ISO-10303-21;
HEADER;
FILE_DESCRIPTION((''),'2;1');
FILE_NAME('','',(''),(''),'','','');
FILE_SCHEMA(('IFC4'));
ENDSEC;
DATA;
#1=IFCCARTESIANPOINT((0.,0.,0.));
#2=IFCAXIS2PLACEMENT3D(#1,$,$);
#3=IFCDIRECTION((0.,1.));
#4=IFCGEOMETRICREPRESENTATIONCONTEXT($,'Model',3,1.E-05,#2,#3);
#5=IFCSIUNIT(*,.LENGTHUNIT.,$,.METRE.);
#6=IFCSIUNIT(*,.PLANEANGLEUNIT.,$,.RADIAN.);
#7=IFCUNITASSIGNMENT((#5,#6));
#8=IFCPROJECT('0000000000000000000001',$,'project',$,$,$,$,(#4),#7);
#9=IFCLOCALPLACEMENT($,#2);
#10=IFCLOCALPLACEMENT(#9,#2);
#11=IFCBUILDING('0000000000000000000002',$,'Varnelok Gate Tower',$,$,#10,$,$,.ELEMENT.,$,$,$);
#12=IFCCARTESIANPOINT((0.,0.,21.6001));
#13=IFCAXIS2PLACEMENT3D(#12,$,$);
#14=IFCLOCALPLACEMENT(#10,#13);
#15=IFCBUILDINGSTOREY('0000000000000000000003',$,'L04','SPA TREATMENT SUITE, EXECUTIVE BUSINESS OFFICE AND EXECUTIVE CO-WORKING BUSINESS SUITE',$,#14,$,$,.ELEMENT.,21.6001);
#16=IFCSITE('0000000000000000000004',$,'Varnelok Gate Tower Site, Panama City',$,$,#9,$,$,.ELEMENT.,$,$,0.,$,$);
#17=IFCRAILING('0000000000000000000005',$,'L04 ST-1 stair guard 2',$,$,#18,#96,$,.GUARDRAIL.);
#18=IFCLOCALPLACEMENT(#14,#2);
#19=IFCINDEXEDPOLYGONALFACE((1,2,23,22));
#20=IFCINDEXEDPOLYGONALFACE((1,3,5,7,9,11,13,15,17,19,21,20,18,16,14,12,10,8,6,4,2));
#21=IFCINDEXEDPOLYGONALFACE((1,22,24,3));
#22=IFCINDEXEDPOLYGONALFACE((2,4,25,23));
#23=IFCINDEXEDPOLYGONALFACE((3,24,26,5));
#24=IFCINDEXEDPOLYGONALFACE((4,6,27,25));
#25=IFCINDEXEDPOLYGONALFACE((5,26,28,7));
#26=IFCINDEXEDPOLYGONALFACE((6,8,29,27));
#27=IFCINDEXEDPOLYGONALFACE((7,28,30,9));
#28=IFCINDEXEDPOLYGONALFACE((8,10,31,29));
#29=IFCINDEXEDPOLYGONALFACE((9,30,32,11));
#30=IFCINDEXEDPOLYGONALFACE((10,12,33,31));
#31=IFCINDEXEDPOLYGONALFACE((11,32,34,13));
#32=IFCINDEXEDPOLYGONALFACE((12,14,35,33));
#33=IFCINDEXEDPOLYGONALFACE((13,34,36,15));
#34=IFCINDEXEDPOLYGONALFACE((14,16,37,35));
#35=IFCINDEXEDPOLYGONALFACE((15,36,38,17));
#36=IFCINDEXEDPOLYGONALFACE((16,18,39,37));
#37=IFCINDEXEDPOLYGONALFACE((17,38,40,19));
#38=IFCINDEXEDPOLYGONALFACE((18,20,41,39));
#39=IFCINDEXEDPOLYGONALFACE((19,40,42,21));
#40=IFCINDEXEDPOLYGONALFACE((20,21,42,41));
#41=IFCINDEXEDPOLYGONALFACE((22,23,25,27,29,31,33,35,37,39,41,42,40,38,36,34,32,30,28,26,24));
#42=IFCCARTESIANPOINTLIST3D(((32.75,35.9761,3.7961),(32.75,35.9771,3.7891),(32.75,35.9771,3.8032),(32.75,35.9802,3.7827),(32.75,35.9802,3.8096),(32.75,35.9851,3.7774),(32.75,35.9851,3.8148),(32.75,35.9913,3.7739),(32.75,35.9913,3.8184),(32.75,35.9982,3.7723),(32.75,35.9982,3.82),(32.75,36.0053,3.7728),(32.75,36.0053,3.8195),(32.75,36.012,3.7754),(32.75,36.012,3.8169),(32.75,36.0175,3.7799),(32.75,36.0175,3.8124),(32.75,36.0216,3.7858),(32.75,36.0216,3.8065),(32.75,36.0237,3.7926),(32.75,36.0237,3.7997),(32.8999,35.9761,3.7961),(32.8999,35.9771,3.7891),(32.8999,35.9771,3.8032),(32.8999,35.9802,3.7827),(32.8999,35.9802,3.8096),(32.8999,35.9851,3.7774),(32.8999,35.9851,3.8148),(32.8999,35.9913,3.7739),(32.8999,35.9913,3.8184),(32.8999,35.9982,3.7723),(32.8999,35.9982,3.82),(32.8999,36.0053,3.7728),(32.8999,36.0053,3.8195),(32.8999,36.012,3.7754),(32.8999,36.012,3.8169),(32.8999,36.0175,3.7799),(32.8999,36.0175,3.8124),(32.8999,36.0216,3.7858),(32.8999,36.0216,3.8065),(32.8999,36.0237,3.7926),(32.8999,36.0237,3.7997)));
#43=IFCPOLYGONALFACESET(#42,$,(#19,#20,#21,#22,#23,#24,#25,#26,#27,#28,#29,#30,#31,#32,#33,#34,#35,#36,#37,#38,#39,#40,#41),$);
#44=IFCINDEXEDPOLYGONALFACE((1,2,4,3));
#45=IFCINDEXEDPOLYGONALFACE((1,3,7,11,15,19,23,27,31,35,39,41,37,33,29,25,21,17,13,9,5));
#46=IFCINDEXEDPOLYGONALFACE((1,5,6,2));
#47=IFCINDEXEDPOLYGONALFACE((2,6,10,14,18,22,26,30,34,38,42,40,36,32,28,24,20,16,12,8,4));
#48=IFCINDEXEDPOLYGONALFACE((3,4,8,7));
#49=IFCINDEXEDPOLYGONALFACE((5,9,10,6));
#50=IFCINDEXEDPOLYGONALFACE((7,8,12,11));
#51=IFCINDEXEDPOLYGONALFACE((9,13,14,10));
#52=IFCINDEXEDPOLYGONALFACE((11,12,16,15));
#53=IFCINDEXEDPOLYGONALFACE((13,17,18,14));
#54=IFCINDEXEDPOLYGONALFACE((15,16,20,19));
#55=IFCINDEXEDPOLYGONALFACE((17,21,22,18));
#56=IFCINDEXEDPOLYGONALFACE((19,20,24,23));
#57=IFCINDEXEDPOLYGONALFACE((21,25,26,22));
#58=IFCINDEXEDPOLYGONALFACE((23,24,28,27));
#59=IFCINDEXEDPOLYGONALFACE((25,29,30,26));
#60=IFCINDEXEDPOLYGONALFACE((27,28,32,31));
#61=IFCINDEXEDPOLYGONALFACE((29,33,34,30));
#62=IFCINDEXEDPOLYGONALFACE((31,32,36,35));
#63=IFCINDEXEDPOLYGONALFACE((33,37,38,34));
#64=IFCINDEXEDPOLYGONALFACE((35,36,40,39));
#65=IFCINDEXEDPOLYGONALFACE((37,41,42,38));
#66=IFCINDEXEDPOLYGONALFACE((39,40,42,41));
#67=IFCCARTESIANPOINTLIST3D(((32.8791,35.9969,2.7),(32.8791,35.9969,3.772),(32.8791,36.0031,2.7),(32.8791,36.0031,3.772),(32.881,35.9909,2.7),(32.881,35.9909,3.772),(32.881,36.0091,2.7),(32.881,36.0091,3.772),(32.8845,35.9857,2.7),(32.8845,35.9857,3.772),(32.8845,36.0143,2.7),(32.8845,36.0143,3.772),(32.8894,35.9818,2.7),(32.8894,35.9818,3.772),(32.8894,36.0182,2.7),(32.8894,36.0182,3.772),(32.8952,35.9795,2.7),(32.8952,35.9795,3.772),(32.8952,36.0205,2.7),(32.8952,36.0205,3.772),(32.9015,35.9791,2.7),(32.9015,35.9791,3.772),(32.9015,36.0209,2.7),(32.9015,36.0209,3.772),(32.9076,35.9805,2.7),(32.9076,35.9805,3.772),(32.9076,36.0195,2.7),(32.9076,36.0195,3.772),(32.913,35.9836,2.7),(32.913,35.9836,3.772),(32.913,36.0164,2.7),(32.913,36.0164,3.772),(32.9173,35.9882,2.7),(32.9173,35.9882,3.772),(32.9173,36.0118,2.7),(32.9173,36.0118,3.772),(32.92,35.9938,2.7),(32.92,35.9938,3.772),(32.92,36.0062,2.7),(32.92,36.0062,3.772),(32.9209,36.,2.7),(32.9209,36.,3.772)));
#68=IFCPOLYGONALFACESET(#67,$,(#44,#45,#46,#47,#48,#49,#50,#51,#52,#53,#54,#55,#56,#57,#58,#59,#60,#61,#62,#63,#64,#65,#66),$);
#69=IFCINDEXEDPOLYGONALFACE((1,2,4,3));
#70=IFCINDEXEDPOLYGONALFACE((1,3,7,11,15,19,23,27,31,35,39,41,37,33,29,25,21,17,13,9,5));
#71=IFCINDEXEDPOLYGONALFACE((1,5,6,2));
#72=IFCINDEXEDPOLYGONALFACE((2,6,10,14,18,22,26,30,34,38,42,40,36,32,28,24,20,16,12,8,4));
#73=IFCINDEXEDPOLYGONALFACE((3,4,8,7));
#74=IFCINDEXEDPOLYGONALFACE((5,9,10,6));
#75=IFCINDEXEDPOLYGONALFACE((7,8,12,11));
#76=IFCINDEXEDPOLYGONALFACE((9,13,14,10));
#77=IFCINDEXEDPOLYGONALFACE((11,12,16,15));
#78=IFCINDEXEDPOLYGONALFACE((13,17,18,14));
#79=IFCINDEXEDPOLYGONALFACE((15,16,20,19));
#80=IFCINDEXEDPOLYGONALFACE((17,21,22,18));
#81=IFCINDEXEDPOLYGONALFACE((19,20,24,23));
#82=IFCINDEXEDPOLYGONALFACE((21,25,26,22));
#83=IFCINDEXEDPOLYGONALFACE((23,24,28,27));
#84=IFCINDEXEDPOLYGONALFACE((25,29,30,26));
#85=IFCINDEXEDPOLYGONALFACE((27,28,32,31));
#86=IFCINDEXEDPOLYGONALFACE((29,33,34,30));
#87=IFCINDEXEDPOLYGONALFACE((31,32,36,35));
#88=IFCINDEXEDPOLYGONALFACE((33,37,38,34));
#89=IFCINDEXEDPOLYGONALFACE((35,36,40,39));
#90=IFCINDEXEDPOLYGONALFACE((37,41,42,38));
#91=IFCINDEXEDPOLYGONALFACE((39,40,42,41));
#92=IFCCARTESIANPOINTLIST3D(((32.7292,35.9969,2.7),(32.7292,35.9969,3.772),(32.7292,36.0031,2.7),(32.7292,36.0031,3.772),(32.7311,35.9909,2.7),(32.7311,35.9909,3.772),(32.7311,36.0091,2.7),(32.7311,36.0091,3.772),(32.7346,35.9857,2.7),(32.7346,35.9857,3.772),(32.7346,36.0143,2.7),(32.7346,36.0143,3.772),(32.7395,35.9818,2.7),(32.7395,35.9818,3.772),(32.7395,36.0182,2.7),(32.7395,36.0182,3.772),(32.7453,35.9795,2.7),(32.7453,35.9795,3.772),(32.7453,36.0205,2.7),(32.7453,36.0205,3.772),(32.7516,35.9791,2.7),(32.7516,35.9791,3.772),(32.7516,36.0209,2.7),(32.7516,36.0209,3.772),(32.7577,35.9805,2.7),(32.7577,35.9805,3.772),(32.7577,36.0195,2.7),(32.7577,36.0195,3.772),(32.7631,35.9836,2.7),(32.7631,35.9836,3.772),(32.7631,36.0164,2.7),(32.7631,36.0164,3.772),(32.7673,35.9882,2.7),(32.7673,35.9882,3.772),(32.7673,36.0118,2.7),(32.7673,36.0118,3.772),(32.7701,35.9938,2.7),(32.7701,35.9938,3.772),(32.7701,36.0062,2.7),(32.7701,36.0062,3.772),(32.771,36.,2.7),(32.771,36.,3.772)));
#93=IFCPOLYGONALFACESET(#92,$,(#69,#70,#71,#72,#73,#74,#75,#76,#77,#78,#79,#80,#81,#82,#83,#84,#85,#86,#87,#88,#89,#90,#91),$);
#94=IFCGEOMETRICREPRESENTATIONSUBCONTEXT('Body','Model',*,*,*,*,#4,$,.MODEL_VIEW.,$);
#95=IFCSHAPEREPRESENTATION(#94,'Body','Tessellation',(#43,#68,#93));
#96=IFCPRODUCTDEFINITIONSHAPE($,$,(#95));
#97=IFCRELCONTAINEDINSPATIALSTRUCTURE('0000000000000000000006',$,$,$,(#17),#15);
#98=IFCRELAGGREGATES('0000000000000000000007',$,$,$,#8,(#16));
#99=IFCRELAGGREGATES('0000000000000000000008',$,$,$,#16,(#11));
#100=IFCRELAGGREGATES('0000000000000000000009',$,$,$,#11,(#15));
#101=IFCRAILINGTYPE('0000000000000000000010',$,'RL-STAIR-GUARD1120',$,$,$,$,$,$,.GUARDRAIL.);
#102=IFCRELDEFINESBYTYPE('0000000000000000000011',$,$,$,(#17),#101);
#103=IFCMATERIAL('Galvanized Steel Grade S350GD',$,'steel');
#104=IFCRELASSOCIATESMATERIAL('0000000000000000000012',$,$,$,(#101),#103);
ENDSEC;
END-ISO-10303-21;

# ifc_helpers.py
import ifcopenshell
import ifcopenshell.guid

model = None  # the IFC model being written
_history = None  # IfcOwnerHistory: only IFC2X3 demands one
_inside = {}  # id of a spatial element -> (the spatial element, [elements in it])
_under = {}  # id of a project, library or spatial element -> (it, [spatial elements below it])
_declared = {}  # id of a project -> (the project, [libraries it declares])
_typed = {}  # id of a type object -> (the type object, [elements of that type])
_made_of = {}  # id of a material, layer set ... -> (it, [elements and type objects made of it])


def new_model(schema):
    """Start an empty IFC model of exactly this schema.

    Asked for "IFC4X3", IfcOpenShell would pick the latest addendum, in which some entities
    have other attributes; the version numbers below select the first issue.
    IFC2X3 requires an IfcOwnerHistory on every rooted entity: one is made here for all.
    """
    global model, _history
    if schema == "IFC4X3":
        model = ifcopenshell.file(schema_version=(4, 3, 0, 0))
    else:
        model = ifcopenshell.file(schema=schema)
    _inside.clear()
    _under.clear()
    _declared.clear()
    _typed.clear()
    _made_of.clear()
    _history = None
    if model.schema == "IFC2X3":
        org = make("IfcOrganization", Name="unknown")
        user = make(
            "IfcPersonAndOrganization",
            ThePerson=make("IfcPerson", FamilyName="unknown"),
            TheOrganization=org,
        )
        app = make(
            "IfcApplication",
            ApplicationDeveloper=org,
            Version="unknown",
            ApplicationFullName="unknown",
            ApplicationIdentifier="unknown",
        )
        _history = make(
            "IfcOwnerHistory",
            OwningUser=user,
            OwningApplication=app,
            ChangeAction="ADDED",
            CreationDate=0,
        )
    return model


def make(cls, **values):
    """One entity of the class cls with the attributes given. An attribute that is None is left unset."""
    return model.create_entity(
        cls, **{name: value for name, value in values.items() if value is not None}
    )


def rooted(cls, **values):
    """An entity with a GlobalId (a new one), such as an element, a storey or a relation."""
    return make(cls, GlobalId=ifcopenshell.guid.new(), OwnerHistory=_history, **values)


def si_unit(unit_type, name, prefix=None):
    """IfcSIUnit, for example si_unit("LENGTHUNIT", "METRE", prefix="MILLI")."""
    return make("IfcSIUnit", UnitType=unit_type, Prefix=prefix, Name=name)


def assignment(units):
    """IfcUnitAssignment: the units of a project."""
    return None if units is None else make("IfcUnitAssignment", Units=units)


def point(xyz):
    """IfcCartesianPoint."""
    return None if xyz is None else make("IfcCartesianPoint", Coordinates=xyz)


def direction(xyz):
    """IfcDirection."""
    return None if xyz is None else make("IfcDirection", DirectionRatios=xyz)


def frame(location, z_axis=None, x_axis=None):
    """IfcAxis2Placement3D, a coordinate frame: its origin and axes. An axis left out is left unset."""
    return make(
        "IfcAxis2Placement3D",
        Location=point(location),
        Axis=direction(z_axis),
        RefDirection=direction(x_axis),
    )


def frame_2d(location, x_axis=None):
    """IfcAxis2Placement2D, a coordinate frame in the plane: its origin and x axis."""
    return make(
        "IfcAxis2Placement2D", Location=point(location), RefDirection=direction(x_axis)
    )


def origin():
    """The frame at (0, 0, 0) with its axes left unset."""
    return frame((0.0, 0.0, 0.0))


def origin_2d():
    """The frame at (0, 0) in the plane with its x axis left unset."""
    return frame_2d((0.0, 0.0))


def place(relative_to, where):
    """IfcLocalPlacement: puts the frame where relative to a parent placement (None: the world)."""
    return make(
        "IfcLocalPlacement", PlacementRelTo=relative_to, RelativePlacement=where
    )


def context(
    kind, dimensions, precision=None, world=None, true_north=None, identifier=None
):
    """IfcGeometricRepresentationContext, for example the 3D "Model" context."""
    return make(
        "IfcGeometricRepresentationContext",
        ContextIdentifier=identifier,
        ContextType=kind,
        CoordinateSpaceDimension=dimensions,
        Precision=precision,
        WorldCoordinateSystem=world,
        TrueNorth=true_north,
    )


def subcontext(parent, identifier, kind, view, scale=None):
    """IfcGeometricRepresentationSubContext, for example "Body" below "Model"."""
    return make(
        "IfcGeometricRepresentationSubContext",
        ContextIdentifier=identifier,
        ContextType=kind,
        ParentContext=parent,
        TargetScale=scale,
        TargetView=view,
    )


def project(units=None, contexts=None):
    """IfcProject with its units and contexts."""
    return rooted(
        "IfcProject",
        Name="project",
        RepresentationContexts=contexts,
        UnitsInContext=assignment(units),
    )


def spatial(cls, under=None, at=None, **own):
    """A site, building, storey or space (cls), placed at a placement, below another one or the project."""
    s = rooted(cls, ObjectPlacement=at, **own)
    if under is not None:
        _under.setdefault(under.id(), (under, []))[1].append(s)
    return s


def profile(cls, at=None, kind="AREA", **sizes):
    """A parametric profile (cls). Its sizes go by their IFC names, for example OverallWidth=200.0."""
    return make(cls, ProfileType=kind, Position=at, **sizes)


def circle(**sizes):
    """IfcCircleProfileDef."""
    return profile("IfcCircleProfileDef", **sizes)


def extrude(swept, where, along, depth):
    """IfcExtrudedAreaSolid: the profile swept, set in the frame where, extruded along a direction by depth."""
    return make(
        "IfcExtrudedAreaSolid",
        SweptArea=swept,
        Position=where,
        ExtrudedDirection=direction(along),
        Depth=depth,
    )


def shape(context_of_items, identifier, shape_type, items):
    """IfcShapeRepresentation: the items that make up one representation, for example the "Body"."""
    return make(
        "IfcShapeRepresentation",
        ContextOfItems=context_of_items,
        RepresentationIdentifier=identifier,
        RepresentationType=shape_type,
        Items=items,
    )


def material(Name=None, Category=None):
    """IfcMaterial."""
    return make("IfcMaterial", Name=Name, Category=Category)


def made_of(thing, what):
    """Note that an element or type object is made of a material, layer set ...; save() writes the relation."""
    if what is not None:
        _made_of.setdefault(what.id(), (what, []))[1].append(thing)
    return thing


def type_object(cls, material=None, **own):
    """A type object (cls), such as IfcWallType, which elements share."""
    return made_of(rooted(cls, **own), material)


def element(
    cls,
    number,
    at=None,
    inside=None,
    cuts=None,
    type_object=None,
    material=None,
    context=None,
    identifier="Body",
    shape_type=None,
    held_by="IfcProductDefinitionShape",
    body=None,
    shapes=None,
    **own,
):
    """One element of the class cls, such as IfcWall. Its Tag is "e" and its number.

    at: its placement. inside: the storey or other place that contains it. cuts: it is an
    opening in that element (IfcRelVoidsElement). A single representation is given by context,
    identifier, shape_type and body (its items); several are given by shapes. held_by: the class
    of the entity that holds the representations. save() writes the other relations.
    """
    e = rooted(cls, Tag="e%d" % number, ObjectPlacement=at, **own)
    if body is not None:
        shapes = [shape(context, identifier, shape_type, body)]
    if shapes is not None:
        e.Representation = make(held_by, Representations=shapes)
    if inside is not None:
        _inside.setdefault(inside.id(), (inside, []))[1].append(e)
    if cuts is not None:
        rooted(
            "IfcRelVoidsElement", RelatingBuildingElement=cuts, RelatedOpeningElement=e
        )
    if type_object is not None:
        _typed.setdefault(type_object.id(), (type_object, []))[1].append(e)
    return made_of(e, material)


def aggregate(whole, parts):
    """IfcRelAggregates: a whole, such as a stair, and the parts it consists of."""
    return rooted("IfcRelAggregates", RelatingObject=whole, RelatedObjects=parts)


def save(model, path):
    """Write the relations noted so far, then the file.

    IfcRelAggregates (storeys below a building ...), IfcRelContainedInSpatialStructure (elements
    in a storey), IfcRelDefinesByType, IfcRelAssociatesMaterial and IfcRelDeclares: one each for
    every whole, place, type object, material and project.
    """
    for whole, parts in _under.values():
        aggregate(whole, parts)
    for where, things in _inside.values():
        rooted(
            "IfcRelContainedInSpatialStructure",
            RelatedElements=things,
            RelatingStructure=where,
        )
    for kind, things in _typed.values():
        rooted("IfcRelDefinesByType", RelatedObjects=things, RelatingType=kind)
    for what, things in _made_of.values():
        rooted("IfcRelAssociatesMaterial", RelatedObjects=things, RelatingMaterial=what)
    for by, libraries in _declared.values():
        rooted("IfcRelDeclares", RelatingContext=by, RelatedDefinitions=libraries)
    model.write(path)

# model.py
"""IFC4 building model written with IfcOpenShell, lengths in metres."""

from ifc_helpers import new_model, si_unit, direction, frame, origin, origin_2d, place, context, subcontext, project, spatial, circle, extrude, material, type_object, element, save


model = new_model("IFC4")

# Units and contexts
model_context = context("Model", 3, precision=1e-05, world=origin(), true_north=direction((0.0, 1.0)))
body_context = subcontext(model_context, "Body", "Model", "MODEL_VIEW")
ifc_project = project(units=[si_unit("LENGTHUNIT", "METRE"), si_unit("PLANEANGLEUNIT", "RADIAN")], contexts=[model_context])

# Site, building, storey
site_placement = place(None, origin())
site = spatial("IfcSite", under=ifc_project, at=site_placement, Name="Varnelok Gate Tower Site, Panama City", CompositionType="ELEMENT", RefElevation=0.0)
building_placement = place(site_placement, origin())
building = spatial("IfcBuilding", under=site, at=building_placement, Name="Varnelok Gate Tower", CompositionType="ELEMENT")
storey_placement = place(building_placement, frame((0.0, 0.0, 21.6001)))
storey = spatial("IfcBuildingStorey", under=building, at=storey_placement, Name="L04", Description="SPA TREATMENT SUITE, EXECUTIVE BUSINESS OFFICE AND EXECUTIVE CO-WORKING BUSINESS SUITE", CompositionType="ELEMENT", Elevation=21.6001)

# Railing
ifc_material_1 = material(Name="Galvanized Steel Grade S350GD", Category="steel")
railing_type_1 = type_object("IfcRailingType", Name="RL-STAIR-GUARD1120", PredefinedType="GUARDRAIL", material=ifc_material_1)
railing_1_placement = place(storey_placement, frame((32.8999, 36.0, 2.7)))
element("IfcRailing", 1, at=railing_1_placement, inside=storey, type_object=railing_type_1, Name="L04 ST-1 stair guard 2", PredefinedType="GUARDRAIL", context=body_context, shape_type="SweptSolid", body=[
    extrude(circle(Radius=0.0239, at=origin_2d()), frame((0.0, 0.0, 1.0962), z_axis=(-1.0, 0.0, 0.0), x_axis=(0.0, -1.0, 0.0)), (0.0, 0.0, 1.0), 0.1499),
    extrude(circle(Radius=0.021, at=origin_2d()), origin(), (0.0, 0.0, 1.0), 1.072),
    extrude(circle(Radius=0.021, at=origin_2d()), frame((-0.1499, 0.0, 0.0)), (0.0, 0.0, 1.0), 1.072),
])

save(model, "model.ifc")
